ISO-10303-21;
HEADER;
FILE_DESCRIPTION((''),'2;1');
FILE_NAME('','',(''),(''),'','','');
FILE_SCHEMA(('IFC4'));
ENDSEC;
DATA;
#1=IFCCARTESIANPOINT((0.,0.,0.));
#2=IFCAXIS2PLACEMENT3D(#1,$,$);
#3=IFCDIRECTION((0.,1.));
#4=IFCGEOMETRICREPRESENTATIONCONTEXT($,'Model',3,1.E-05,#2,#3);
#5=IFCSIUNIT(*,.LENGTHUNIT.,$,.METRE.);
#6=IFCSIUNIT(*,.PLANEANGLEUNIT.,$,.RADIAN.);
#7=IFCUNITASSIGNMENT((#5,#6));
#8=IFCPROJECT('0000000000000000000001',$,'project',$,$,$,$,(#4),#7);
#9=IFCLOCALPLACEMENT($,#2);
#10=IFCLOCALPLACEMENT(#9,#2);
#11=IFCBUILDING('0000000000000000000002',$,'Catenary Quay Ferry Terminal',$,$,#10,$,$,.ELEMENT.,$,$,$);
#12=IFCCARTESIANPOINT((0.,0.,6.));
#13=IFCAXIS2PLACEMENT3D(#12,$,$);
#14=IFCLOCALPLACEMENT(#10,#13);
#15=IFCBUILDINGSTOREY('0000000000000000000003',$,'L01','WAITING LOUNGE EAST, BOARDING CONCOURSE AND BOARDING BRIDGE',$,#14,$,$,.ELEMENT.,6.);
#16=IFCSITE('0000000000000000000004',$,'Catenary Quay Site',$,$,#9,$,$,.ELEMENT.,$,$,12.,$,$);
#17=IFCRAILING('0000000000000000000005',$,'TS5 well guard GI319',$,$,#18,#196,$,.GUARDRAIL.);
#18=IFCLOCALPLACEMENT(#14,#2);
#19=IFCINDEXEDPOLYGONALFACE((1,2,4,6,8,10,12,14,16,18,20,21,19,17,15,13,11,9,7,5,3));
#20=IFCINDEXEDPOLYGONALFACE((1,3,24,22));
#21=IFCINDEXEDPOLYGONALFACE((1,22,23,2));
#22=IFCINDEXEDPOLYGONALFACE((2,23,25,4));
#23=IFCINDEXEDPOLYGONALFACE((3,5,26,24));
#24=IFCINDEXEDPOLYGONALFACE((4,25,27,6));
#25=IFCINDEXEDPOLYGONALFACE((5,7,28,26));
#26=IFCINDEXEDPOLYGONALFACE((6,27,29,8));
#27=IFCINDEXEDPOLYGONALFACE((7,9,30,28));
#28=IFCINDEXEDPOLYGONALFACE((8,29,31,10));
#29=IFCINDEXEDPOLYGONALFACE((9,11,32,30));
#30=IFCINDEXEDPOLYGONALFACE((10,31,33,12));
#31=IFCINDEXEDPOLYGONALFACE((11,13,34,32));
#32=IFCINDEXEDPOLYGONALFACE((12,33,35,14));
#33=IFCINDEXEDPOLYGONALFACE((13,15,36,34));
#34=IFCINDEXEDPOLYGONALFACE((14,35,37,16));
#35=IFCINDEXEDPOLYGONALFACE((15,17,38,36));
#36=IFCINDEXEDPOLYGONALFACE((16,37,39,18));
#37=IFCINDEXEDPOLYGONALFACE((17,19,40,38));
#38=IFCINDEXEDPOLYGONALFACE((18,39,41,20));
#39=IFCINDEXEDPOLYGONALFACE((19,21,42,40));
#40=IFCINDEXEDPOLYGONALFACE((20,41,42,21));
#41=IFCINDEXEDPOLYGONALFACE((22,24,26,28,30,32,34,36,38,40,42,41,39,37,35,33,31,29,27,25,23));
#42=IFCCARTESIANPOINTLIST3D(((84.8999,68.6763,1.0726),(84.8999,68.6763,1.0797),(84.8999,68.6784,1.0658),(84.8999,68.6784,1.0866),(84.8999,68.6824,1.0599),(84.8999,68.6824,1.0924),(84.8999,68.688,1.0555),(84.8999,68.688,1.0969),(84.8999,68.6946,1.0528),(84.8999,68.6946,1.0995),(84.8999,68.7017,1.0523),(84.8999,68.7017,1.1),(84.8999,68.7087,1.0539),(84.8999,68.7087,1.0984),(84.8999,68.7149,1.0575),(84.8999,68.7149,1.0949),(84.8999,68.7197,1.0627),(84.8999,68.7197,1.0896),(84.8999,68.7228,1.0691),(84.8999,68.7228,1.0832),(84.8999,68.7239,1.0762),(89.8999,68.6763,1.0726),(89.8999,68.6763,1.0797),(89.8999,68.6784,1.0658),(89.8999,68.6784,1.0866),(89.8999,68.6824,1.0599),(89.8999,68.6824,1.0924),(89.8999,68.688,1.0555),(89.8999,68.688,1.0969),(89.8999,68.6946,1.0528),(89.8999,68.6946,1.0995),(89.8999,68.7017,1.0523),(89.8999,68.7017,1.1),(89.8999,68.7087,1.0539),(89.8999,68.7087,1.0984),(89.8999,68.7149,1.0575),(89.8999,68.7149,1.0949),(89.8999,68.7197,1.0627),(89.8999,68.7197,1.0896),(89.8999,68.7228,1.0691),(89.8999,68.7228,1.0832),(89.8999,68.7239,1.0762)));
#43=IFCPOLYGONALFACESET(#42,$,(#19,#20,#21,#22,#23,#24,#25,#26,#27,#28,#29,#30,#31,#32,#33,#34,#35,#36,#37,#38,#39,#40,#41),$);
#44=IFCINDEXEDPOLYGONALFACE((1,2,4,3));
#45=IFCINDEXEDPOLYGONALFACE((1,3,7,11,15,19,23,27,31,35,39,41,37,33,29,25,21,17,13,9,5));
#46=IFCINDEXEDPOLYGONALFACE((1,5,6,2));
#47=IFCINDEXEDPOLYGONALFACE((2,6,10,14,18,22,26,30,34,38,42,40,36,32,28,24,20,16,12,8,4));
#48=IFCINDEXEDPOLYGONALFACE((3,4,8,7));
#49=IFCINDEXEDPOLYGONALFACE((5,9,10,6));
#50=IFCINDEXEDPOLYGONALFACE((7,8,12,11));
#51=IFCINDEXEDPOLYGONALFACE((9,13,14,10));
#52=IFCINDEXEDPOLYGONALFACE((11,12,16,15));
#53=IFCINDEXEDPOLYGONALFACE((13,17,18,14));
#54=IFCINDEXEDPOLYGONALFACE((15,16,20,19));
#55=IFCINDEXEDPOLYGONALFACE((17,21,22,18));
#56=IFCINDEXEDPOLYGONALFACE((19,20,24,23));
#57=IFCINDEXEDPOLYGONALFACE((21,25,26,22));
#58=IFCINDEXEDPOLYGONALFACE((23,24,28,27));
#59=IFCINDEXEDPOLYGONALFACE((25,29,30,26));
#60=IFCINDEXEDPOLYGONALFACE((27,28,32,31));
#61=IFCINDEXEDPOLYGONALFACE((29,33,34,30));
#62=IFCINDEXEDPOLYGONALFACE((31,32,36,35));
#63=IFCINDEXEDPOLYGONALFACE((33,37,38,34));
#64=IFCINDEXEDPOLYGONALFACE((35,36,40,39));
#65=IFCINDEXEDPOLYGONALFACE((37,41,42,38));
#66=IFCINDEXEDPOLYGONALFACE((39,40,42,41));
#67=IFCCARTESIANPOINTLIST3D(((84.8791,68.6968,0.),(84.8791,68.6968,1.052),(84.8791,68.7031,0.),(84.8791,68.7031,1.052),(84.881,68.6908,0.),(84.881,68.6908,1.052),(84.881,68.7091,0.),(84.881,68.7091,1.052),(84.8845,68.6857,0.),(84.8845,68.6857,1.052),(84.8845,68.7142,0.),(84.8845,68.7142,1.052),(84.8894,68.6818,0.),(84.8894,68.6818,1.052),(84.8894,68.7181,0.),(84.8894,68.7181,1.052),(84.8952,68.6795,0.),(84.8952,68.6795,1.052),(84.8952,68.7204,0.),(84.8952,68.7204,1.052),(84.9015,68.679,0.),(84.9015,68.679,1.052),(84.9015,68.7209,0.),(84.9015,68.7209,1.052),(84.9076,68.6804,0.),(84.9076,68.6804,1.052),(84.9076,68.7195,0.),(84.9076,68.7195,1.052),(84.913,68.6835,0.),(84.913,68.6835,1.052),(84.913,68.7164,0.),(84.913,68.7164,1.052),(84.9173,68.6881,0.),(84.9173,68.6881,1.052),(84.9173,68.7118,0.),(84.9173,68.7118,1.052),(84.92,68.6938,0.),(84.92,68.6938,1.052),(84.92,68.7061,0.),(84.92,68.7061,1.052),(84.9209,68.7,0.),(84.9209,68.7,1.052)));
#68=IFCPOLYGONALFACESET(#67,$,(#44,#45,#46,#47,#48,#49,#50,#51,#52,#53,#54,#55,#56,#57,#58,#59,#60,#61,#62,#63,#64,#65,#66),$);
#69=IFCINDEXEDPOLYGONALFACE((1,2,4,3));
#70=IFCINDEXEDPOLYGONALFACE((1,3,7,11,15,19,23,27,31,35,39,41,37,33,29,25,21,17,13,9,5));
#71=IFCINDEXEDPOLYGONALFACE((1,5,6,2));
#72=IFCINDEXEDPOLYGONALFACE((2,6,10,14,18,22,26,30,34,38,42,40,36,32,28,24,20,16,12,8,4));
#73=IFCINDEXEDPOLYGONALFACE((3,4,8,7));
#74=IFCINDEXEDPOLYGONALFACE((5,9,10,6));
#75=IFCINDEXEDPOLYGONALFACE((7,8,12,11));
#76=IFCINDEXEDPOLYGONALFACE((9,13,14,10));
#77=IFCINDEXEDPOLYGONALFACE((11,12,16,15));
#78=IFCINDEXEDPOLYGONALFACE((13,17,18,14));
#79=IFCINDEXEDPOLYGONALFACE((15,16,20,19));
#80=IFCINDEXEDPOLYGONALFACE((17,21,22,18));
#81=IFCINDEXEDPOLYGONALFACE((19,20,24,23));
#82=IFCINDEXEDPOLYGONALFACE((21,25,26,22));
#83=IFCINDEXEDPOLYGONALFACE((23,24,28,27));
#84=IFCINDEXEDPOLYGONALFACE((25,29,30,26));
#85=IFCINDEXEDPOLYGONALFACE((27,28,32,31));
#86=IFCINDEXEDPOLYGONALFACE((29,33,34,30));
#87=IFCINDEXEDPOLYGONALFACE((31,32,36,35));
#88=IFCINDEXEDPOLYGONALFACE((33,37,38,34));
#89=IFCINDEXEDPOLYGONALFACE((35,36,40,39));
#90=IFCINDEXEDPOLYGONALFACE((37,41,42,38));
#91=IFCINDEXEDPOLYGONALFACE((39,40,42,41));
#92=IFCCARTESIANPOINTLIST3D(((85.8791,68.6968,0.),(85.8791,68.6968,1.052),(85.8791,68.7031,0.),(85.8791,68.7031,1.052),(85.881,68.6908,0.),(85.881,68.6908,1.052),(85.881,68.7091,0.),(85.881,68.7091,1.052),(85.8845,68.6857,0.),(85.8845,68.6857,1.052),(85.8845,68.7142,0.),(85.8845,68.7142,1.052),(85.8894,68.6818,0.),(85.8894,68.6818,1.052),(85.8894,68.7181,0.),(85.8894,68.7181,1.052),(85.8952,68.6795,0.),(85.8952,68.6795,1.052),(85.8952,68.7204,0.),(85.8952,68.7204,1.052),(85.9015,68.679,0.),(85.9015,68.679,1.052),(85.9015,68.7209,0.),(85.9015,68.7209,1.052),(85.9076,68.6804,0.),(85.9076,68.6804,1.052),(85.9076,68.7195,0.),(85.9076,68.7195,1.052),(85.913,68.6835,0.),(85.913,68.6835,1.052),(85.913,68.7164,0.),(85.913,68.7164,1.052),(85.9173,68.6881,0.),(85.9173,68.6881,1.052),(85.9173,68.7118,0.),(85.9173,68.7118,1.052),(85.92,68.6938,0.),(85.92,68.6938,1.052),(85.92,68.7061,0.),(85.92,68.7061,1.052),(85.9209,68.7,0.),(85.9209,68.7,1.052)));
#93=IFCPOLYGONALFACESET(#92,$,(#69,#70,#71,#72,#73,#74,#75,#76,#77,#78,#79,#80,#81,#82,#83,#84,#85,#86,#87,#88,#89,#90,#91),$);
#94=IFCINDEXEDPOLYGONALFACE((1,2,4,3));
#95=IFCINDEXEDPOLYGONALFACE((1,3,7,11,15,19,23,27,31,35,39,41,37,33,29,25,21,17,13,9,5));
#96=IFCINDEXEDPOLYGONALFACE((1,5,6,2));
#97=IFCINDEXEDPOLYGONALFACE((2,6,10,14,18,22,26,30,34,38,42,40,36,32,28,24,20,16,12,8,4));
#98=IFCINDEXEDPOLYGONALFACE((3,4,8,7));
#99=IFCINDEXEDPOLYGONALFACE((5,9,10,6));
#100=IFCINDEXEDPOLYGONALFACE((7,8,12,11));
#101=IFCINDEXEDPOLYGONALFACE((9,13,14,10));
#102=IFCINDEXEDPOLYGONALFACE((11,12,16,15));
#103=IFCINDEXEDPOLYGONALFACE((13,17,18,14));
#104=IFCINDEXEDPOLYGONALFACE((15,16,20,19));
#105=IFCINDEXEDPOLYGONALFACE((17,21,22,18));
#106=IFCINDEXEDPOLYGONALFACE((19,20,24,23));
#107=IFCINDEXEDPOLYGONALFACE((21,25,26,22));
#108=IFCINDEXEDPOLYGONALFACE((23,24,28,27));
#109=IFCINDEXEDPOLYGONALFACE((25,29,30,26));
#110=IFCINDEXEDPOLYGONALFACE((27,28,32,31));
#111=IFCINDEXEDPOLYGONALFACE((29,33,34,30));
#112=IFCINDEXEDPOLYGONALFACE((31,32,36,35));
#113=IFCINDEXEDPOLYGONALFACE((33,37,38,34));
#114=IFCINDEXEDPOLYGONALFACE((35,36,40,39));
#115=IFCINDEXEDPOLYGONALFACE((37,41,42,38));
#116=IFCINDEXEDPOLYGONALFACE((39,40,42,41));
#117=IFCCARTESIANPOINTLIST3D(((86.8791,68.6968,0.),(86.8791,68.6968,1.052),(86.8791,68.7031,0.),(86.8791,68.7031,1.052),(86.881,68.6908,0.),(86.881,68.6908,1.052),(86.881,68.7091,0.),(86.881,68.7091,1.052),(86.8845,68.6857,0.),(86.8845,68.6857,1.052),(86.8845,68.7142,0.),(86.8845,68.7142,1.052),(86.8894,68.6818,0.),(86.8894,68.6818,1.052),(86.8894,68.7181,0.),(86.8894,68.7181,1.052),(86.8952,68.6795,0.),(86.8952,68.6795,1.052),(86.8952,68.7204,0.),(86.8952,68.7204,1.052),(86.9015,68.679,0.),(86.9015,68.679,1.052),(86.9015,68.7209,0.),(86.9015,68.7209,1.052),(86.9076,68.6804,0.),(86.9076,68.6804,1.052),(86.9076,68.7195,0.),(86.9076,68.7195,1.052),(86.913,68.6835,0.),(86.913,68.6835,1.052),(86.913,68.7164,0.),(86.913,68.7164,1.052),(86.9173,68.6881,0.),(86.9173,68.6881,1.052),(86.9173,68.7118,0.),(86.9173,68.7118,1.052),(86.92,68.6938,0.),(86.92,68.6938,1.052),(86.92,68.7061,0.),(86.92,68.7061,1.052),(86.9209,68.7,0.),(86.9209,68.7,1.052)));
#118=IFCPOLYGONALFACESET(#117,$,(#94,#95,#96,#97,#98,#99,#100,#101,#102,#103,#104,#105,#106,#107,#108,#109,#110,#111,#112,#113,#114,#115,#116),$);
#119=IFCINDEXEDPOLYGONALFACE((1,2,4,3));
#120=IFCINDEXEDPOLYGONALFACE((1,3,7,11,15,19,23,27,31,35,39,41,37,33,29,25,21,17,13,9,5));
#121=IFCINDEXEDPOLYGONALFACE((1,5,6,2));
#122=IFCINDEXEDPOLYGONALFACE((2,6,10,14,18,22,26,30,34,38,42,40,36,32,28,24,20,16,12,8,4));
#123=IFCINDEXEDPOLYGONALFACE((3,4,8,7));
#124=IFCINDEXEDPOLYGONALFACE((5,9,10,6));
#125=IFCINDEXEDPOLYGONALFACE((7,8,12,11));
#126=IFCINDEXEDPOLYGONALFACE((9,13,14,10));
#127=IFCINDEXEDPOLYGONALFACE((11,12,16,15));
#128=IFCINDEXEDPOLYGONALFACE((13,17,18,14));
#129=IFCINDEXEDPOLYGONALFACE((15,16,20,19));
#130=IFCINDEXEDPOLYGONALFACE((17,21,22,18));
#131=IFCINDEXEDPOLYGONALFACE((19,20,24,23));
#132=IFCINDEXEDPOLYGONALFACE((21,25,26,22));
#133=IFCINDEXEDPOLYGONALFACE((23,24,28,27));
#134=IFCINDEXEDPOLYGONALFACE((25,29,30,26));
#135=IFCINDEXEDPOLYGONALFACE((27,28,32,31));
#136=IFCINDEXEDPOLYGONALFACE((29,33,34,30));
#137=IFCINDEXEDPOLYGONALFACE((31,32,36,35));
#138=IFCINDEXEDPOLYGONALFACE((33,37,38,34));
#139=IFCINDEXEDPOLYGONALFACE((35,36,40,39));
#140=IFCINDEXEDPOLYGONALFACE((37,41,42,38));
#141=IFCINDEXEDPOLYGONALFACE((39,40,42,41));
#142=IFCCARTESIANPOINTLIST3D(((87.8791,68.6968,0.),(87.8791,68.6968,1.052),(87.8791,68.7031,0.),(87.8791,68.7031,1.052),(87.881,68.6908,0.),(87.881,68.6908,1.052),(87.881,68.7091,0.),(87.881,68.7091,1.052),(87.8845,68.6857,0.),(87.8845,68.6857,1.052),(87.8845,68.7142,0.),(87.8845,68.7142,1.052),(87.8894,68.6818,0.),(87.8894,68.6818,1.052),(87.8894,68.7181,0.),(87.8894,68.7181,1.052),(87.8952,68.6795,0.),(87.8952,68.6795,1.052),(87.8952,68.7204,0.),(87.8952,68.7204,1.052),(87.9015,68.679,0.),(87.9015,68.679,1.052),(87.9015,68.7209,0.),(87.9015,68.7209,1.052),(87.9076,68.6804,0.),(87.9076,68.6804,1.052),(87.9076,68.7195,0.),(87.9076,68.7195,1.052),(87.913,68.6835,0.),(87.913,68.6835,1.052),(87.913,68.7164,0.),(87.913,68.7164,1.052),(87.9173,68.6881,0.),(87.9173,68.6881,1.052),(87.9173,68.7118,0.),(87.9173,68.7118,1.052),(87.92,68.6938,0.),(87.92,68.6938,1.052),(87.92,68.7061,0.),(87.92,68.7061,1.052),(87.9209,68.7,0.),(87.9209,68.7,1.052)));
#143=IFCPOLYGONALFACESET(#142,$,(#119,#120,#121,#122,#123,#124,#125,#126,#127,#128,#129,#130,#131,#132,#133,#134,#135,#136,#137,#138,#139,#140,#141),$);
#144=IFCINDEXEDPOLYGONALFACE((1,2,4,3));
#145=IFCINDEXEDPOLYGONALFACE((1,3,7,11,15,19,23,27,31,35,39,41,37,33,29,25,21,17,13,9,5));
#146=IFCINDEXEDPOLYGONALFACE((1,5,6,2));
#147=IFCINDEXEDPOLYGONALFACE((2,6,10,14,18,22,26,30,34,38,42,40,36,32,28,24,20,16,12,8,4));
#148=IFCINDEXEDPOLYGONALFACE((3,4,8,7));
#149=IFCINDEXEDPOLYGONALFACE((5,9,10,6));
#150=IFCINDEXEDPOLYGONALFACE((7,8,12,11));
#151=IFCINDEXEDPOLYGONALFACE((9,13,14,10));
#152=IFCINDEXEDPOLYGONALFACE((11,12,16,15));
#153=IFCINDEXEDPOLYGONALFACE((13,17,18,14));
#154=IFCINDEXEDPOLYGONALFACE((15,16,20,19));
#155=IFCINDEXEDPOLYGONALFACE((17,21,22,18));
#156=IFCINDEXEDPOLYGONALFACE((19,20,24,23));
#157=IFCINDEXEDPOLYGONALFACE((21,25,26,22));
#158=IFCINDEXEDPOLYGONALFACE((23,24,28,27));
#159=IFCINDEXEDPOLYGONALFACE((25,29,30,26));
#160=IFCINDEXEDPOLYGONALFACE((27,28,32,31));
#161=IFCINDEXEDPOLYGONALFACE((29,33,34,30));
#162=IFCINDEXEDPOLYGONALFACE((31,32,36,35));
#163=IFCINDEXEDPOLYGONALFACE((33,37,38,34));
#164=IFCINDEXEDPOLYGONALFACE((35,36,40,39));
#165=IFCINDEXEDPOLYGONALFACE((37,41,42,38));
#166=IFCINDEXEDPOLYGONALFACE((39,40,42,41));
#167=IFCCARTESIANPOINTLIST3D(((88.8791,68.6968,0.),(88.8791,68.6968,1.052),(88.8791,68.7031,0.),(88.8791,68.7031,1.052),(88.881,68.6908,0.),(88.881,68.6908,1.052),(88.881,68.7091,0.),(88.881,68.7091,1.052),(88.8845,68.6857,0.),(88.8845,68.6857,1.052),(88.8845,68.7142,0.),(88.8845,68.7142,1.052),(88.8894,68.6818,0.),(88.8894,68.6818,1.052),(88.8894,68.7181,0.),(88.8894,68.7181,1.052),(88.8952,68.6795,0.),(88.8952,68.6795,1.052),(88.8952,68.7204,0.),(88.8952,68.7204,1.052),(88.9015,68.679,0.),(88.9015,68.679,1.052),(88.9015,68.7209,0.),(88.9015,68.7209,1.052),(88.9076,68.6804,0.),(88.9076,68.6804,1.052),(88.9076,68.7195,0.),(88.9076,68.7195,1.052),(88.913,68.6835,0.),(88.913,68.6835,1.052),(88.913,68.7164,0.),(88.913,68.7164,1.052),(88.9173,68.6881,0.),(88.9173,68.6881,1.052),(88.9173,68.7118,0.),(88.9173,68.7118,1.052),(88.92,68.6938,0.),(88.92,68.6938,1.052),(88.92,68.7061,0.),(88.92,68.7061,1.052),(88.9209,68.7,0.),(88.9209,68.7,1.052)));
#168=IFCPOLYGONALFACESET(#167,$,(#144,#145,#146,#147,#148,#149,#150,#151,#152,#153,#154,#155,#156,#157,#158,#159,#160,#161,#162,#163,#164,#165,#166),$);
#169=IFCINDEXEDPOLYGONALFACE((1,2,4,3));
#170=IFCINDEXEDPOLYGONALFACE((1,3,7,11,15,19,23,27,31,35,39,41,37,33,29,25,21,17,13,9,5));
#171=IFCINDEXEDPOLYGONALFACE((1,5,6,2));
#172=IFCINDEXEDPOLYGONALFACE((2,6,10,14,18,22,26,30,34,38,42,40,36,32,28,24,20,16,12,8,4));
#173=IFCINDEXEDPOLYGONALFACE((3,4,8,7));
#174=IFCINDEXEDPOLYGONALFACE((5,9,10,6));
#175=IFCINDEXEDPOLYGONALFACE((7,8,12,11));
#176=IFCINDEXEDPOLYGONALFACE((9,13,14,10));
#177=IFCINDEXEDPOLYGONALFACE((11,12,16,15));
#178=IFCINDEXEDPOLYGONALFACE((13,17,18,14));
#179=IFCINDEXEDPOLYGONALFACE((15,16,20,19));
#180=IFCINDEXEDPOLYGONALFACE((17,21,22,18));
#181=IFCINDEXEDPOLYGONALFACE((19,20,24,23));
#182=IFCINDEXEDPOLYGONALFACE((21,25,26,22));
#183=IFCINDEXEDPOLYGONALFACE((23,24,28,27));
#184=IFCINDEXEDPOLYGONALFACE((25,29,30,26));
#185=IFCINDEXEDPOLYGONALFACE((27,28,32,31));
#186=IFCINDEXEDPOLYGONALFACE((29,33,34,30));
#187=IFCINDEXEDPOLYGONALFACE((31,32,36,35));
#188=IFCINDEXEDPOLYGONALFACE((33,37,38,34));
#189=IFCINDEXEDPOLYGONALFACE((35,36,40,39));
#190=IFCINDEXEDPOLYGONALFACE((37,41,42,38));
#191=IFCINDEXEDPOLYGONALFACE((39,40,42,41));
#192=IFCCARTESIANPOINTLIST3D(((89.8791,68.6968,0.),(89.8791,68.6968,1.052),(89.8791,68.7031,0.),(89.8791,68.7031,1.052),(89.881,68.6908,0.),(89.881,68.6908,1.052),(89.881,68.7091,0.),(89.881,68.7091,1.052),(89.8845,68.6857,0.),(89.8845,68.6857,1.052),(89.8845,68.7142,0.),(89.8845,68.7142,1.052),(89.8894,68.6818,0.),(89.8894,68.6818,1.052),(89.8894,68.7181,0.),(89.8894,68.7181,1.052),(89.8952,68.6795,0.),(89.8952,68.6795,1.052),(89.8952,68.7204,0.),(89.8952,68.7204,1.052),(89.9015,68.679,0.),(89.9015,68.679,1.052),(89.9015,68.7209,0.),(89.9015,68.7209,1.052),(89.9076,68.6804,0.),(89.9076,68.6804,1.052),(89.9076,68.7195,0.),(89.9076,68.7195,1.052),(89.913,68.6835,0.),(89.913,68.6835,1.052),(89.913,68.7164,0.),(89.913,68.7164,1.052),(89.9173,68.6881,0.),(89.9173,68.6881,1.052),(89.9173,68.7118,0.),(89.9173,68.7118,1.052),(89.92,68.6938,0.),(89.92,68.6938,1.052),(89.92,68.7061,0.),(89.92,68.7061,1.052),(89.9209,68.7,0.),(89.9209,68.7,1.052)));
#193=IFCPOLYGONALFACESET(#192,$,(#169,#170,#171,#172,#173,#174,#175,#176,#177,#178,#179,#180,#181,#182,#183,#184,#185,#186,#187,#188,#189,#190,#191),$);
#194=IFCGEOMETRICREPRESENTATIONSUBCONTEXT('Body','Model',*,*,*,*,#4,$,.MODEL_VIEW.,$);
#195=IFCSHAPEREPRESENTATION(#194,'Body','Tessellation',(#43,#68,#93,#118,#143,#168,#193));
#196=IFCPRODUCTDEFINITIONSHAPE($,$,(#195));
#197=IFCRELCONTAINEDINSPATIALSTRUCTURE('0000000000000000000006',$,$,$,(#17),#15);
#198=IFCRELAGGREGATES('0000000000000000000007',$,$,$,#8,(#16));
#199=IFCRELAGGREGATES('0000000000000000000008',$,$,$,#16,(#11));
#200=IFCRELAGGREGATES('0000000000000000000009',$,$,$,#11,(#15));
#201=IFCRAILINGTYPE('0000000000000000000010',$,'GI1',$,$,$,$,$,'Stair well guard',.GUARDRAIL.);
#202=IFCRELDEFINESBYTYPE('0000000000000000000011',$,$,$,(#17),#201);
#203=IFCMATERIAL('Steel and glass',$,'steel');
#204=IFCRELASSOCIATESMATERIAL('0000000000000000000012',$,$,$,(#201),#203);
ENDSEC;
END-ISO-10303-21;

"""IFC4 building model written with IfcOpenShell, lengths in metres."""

from ifc_helpers import new_model, si_unit, direction, frame, origin, origin_2d, place, context, subcontext, project, spatial, circle, extrude, material, type_object, element, save


model = new_model("IFC4")

# Units and contexts
model_context = context("Model", 3, precision=1e-05, world=origin(), true_north=direction((0.0, 1.0)))
body_context = subcontext(model_context, "Body", "Model", "MODEL_VIEW")
ifc_project = project(units=[si_unit("LENGTHUNIT", "METRE"), si_unit("PLANEANGLEUNIT", "RADIAN")], contexts=[model_context])

# Site, building, storey
site_placement = place(None, origin())
site = spatial("IfcSite", under=ifc_project, at=site_placement, Name="Catenary Quay Site", CompositionType="ELEMENT", RefElevation=12.0)
building_placement = place(site_placement, origin())
building = spatial("IfcBuilding", under=site, at=building_placement, Name="Catenary Quay Ferry Terminal", CompositionType="ELEMENT")
storey_placement = place(building_placement, frame((0.0, 0.0, 6.0)))
storey = spatial("IfcBuildingStorey", under=building, at=storey_placement, Name="L01", Description="WAITING LOUNGE EAST, BOARDING CONCOURSE AND BOARDING BRIDGE", CompositionType="ELEMENT", Elevation=6.0)

# Railing
ifc_material_1 = material(Name="Steel and glass", Category="steel")
railing_type = type_object("IfcRailingType", Name="GI1", ElementType="Stair well guard", PredefinedType="GUARDRAIL", material=ifc_material_1)
railing_placement = place(storey_placement, frame((84.8999, 68.7, 0.0)))
element("IfcRailing", 1, at=railing_placement, inside=storey, type_object=railing_type, Name="TS5 well guard GI319", PredefinedType="GUARDRAIL", context=body_context, shape_type="SweptSolid", body=[
    extrude(circle(Radius=0.0239, at=origin_2d()), frame((0.0, 0.0, 1.0762), z_axis=(1.0, 0.0, 0.0), x_axis=(0.0, 1.0, 0.0)), (0.0, 0.0, 1.0), 5.0),
    extrude(circle(Radius=0.021, at=origin_2d()), origin(), (0.0, 0.0, 1.0), 1.052),
    extrude(circle(Radius=0.021, at=origin_2d()), frame((1.0, 0.0, 0.0)), (0.0, 0.0, 1.0), 1.052),
    extrude(circle(Radius=0.021, at=origin_2d()), frame((2.0, 0.0, 0.0)), (0.0, 0.0, 1.0), 1.052),
    extrude(circle(Radius=0.021, at=origin_2d()), frame((3.0, 0.0, 0.0)), (0.0, 0.0, 1.0), 1.052),
    extrude(circle(Radius=0.021, at=origin_2d()), frame((4.0, 0.0, 0.0)), (0.0, 0.0, 1.0), 1.052),
    extrude(circle(Radius=0.021, at=origin_2d()), frame((5.0, 0.0, 0.0)), (0.0, 0.0, 1.0), 1.052),
])

save(model, "model.ifc")
